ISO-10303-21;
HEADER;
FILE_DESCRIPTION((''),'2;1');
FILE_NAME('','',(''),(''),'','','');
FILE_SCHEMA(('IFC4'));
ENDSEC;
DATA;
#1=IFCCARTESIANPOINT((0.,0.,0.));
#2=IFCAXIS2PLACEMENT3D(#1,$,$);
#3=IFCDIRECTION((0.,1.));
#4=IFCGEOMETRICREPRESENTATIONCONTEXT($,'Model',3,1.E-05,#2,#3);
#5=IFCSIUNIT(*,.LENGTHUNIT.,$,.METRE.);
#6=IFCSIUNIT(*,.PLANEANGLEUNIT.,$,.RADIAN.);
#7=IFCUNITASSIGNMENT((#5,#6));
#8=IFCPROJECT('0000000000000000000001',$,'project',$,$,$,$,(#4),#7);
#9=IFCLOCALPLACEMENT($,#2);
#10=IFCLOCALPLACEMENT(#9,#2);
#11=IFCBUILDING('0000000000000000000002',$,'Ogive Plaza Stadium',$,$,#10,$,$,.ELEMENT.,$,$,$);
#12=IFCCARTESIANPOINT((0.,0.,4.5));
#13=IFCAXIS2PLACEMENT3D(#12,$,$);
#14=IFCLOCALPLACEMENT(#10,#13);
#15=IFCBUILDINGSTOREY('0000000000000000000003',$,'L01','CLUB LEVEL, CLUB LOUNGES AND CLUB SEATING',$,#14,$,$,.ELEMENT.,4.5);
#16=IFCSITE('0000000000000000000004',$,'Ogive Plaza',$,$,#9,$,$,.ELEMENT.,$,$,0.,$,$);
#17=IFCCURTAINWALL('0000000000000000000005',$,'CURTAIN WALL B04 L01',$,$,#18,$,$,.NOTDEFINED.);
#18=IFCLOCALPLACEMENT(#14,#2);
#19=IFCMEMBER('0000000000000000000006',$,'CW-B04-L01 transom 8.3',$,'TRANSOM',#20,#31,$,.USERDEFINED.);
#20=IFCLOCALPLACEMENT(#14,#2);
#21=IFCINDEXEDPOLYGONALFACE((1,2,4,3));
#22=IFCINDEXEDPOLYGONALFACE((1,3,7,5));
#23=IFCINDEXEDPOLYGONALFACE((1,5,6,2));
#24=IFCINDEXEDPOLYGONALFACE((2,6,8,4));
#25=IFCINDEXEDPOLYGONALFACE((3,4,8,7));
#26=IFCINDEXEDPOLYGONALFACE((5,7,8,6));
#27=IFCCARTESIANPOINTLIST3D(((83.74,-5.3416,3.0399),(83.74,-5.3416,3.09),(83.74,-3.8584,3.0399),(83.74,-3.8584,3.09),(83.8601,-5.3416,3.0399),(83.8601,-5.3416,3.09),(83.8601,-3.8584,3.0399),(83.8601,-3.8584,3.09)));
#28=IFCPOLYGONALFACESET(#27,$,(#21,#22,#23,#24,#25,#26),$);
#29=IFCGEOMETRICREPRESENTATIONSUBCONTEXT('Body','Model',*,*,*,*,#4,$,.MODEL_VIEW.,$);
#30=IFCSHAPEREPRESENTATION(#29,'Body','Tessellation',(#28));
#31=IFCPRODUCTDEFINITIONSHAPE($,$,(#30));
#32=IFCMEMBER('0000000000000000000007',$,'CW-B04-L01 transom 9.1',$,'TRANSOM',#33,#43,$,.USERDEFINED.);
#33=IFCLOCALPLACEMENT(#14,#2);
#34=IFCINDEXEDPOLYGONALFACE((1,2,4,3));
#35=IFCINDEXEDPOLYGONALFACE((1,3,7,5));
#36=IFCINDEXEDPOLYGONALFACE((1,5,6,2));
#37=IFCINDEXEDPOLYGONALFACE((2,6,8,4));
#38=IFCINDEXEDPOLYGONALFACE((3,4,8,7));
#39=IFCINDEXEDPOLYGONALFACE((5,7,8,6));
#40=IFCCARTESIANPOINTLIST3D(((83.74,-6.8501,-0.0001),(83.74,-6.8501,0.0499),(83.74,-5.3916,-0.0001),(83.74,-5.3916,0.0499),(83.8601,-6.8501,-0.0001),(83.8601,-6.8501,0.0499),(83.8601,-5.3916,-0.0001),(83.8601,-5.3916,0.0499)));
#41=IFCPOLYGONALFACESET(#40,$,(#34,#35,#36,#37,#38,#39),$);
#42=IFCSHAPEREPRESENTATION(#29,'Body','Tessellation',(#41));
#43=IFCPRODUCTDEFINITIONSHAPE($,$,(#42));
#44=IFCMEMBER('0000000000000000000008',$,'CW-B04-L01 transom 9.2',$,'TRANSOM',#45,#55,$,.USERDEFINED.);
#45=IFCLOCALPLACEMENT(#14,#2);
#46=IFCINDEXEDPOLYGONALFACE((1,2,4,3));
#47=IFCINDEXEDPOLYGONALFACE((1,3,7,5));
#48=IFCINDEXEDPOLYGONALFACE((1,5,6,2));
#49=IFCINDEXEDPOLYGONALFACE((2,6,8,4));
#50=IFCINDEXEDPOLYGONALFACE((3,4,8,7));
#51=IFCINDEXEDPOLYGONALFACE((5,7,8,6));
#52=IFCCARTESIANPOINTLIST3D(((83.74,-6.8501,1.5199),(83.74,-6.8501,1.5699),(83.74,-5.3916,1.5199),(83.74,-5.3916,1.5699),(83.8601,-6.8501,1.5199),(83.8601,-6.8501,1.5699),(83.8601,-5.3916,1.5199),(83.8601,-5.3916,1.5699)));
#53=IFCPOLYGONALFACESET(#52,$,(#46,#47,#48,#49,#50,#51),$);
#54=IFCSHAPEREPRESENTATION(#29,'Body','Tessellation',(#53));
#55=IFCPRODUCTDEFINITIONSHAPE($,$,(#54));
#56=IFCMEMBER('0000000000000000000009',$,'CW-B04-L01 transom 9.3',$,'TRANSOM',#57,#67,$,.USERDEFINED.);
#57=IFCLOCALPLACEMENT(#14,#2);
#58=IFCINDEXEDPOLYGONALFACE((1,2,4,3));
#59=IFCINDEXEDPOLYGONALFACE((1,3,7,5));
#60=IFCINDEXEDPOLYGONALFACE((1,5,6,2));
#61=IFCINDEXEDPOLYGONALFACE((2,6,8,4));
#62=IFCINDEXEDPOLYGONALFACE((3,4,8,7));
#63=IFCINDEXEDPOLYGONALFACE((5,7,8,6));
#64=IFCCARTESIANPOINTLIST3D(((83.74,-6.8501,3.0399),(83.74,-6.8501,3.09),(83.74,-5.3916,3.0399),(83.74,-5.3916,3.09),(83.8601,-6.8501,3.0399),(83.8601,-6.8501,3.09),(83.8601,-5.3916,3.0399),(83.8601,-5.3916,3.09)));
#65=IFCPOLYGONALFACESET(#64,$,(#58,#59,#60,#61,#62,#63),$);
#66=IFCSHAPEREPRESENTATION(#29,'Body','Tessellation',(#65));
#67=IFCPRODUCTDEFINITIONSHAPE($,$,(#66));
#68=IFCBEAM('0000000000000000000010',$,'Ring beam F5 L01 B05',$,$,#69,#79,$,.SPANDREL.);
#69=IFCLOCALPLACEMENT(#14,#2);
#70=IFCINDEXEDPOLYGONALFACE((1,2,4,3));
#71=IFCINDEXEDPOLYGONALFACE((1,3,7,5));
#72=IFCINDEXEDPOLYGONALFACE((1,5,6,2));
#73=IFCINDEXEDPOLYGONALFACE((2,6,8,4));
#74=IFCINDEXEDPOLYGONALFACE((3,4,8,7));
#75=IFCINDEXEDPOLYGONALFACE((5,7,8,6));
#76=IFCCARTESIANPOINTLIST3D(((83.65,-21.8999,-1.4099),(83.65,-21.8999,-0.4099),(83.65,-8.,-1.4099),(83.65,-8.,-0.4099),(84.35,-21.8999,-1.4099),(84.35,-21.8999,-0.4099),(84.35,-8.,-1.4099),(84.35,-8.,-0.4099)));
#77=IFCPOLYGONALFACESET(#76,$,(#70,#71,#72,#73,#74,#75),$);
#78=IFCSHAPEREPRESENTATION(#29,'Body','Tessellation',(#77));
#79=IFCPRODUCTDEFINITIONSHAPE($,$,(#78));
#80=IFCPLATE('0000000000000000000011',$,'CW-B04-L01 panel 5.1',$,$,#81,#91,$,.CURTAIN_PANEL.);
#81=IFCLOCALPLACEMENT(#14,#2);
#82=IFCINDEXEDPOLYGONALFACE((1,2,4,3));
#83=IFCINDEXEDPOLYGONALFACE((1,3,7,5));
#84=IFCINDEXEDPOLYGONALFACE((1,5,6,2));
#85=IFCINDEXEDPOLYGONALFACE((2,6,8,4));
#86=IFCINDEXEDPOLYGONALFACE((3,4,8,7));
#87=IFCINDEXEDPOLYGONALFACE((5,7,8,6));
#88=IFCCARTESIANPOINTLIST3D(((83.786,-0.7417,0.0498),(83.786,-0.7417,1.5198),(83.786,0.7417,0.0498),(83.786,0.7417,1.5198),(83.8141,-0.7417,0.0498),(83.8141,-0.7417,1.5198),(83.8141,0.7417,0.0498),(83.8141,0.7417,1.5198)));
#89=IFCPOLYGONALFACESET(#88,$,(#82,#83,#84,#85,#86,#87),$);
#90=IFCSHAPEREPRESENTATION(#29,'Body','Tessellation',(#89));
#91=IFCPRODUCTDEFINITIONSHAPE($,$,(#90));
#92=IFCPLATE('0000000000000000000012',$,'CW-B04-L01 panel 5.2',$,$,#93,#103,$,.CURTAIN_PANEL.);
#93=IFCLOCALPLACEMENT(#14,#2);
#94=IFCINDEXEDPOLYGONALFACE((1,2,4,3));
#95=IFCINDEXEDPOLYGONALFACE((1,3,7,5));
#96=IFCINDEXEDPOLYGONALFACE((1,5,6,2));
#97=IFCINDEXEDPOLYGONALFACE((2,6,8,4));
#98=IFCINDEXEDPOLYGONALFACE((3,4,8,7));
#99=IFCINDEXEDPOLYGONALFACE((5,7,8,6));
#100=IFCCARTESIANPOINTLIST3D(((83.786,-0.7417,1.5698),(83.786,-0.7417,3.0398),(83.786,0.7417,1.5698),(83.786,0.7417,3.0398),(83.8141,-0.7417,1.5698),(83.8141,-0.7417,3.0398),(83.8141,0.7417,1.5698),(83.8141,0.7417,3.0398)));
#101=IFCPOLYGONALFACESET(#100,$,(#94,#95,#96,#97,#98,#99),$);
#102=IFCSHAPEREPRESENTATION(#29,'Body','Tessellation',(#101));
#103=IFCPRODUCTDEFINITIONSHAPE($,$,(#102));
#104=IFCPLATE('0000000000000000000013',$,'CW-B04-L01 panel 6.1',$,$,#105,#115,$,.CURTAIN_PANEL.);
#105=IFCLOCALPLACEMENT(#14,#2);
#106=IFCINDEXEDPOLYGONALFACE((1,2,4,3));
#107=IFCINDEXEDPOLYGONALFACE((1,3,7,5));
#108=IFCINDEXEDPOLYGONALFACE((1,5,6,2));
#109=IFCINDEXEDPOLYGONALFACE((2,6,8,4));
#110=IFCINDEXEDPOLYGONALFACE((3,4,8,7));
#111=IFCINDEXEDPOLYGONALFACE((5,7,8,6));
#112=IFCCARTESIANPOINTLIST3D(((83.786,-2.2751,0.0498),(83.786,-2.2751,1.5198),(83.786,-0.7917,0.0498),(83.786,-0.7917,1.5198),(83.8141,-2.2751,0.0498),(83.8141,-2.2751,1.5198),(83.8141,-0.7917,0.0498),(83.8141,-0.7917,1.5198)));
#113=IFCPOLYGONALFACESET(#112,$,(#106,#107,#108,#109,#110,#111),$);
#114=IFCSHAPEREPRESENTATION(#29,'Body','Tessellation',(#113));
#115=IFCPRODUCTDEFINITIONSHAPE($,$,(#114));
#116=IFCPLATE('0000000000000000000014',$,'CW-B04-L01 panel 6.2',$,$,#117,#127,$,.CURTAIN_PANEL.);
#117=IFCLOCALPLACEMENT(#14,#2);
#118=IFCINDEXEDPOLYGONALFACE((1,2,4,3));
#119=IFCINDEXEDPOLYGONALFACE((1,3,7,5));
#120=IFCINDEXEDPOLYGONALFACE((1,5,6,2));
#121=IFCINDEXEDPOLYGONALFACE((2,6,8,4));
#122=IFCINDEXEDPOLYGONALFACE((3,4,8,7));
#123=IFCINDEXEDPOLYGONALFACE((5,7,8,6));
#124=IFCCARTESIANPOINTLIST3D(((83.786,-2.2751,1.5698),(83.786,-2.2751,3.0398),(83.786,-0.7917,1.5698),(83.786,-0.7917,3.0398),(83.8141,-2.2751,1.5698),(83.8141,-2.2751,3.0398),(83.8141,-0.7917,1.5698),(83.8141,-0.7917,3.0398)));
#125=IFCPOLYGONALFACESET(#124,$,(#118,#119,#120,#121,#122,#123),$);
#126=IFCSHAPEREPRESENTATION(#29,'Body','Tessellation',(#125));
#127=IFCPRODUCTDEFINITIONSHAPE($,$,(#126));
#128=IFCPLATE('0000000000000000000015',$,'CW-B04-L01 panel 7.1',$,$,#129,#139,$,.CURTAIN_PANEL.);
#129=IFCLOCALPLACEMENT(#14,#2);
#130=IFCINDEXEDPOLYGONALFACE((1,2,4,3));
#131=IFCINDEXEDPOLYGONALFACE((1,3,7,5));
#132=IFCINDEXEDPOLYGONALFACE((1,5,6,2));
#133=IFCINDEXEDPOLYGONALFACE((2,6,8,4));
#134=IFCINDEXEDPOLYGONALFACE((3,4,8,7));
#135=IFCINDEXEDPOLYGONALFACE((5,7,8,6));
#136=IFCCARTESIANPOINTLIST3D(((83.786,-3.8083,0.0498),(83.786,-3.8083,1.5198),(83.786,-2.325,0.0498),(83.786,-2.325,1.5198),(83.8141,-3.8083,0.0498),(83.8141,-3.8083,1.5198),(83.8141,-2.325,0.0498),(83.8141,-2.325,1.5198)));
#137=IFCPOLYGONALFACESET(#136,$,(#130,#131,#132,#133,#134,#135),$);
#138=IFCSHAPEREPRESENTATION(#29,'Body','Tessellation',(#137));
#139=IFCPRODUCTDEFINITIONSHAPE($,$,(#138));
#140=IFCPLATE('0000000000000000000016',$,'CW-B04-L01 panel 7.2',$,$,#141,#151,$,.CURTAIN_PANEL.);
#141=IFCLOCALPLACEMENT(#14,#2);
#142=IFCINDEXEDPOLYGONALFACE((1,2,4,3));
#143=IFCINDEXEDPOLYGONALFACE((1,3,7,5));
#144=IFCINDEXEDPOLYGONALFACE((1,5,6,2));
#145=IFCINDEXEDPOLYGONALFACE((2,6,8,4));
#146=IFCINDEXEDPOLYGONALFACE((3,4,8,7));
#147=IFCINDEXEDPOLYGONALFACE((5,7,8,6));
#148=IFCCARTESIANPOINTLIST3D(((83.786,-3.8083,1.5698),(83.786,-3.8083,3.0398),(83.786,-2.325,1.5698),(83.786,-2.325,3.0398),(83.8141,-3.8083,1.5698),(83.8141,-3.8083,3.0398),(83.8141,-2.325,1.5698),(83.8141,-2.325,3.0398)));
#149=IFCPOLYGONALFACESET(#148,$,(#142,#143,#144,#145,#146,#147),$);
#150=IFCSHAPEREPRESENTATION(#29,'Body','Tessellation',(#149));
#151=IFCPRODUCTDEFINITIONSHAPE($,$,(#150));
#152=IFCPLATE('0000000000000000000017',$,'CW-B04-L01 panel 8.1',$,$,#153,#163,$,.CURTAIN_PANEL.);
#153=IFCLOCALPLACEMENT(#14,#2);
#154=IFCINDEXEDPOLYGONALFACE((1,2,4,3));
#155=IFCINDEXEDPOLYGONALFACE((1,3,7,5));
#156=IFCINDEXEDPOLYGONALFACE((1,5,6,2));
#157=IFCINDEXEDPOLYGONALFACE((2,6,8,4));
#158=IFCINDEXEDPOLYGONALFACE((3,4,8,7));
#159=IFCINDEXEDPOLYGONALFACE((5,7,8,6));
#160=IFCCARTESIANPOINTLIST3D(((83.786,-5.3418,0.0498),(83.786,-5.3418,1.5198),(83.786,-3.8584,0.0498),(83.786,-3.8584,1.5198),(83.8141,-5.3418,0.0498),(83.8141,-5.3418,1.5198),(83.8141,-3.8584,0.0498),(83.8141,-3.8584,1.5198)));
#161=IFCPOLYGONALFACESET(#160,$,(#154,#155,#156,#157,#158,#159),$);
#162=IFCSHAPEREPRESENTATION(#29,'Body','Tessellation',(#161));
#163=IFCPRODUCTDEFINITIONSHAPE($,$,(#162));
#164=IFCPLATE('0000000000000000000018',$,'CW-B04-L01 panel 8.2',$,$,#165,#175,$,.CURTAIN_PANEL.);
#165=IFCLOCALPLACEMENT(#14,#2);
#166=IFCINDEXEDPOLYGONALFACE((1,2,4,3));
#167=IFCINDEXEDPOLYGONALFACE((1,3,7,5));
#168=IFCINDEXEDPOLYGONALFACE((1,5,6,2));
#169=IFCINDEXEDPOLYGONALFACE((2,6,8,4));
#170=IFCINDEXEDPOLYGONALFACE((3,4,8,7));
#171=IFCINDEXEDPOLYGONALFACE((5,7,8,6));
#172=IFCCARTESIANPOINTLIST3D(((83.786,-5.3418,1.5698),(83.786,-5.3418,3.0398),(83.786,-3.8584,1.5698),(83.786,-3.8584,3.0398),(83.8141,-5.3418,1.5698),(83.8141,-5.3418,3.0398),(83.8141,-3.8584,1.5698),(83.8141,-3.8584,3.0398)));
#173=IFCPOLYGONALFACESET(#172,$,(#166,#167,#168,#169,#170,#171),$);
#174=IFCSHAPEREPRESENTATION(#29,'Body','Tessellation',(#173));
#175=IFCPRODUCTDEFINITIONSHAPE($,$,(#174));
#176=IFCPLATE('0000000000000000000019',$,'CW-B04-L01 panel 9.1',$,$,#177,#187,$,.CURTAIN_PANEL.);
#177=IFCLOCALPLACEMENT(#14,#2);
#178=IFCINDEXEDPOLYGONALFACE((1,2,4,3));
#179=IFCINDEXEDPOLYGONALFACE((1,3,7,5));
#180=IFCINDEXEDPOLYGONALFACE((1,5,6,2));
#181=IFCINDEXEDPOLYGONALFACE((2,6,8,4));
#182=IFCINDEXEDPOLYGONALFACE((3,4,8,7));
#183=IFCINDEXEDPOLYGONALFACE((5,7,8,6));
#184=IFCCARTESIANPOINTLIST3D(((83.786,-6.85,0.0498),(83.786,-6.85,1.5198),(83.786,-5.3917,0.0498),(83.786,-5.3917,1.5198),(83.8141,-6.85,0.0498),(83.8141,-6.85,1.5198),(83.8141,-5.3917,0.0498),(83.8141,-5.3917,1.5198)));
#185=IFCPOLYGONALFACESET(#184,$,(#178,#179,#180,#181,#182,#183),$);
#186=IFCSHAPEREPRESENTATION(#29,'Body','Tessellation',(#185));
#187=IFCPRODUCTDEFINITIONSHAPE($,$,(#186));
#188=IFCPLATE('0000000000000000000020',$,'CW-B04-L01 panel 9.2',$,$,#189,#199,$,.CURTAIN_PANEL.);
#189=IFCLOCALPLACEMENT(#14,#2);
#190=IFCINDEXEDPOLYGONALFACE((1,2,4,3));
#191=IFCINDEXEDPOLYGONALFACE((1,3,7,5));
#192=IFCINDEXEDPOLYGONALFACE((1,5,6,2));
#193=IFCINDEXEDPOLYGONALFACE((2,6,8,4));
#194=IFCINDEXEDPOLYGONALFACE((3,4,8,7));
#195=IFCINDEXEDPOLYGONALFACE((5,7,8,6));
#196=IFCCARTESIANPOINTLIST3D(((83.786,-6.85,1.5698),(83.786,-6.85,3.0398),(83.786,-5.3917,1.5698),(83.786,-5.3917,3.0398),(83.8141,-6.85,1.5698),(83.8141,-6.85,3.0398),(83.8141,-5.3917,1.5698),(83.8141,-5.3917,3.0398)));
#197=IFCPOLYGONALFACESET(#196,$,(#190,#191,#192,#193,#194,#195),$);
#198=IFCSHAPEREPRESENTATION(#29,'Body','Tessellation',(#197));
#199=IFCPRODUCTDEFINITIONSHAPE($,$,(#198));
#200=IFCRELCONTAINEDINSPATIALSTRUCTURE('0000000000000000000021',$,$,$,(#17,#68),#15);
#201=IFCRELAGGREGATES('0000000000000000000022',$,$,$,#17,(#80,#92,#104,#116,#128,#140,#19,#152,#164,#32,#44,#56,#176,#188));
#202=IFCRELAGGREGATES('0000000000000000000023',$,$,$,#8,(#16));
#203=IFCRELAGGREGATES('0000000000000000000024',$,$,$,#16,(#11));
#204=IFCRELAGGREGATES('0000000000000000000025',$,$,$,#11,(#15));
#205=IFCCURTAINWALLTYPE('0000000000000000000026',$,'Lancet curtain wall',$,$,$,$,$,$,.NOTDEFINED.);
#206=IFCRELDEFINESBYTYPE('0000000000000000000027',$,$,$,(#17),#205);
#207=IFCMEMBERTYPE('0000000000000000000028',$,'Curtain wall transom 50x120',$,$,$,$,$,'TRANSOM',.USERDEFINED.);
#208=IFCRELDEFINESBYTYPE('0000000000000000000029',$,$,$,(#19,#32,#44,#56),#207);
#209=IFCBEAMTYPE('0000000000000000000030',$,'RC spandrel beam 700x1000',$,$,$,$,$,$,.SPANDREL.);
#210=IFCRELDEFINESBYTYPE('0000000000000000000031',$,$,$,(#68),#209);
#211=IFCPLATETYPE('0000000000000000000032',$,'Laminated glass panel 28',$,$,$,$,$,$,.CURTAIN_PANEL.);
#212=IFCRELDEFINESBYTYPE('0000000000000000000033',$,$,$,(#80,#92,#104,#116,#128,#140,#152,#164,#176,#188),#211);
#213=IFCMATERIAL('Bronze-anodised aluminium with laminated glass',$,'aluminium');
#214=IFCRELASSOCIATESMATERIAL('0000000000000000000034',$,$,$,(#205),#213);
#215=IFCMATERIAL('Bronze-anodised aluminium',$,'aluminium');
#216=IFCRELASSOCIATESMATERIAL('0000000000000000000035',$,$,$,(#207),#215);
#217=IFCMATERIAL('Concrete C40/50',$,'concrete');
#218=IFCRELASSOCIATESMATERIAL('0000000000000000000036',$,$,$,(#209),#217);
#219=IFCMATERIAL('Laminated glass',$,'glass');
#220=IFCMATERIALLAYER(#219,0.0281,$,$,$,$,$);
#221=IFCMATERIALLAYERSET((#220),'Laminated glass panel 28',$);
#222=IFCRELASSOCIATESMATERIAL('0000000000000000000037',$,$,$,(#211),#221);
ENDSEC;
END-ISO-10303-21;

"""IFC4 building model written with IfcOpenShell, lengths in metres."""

from ifc_helpers import new_model, si_unit, direction, frame, origin, origin_2d, place, context, subcontext, project, spatial, rectangle, extrude, material, layer, layer_set, material_profile, profile_set, type_object, element, aggregate, save


model = new_model("IFC4")

# Units and contexts
model_context = context("Model", 3, precision=1e-05, world=origin(), true_north=direction((0.0, 1.0)))
body_context = subcontext(model_context, "Body", "Model", "MODEL_VIEW")
ifc_project = project(units=[si_unit("LENGTHUNIT", "METRE"), si_unit("PLANEANGLEUNIT", "RADIAN")], contexts=[model_context])

# Site, building, storey
site_placement = place(None, origin())
site = spatial("IfcSite", under=ifc_project, at=site_placement, Name="Ogive Plaza", CompositionType="ELEMENT", RefElevation=0.0)
building_placement = place(site_placement, origin())
building = spatial("IfcBuilding", under=site, at=building_placement, Name="Ogive Plaza Stadium", CompositionType="ELEMENT")
storey_placement = place(building_placement, frame((0.0, 0.0, 4.5)))
storey = spatial("IfcBuildingStorey", under=building, at=storey_placement, Name="L01", Description="CLUB LEVEL, CLUB LOUNGES AND CLUB SEATING", CompositionType="ELEMENT", Elevation=4.5)

# Curtain wall, members
ifc_material_1 = material(Name="Bronze-anodised aluminium with laminated glass", Category="aluminium")
curtain_wall_type = type_object("IfcCurtainWallType", Name="Lancet curtain wall", PredefinedType="NOTDEFINED", material=ifc_material_1)
curtain_wall_placement = place(storey_placement, origin())
curtain_wall = element("IfcCurtainWall", 1, at=curtain_wall_placement, inside=storey, type_object=curtain_wall_type, Name="CURTAIN WALL B04 L01", PredefinedType="NOTDEFINED")
ifc_material_2 = material(Name="Bronze-anodised aluminium", Category="aluminium")
ifc_material_profile_1 = material_profile(ifc_material_2, rectangle(XDim=0.1201, YDim=0.05, at=origin_2d()), Name="AL 120x50")
ifc_profile_set_1 = profile_set([ifc_material_profile_1], Name="Bronze-anodised aluminium")
member_type_1 = type_object("IfcMemberType", Name="Curtain wall transom 50x120", ElementType="TRANSOM", PredefinedType="USERDEFINED", material=ifc_profile_set_1)
member_1_placement = place(storey_placement, frame((83.8, -3.8584, 3.0649), z_axis=(0.0, -1.0, 0.0), x_axis=(1.0, 0.0, 0.0)))
member_1 = element("IfcMember", 2, at=member_1_placement, type_object=member_type_1, Name="CW-B04-L01 transom 8.3", ObjectType="TRANSOM", PredefinedType="USERDEFINED", context=body_context, shape_type="SweptSolid", body=[
    extrude(rectangle(XDim=0.1201, YDim=0.05, at=origin_2d()), origin(), (0.0, 0.0, 1.0), 1.4832),
])
member_2_placement = place(storey_placement, frame((83.8, -5.3916, 0.0249), z_axis=(0.0, -1.0, 0.0), x_axis=(1.0, 0.0, 0.0)))
member_2 = element("IfcMember", 3, at=member_2_placement, type_object=member_type_1, Name="CW-B04-L01 transom 9.1", ObjectType="TRANSOM", PredefinedType="USERDEFINED", context=body_context, shape_type="SweptSolid", body=[
    extrude(rectangle(XDim=0.1201, YDim=0.05, at=origin_2d()), origin(), (0.0, 0.0, 1.0), 1.4585),
])
member_3_placement = place(storey_placement, frame((83.8, -5.3916, 1.5449), z_axis=(0.0, -1.0, 0.0), x_axis=(1.0, 0.0, 0.0)))
member_3 = element("IfcMember", 4, at=member_3_placement, type_object=member_type_1, Name="CW-B04-L01 transom 9.2", ObjectType="TRANSOM", PredefinedType="USERDEFINED", context=body_context, shape_type="SweptSolid", body=[
    extrude(rectangle(XDim=0.1201, YDim=0.05, at=origin_2d()), origin(), (0.0, 0.0, 1.0), 1.4585),
])
member_4_placement = place(storey_placement, frame((83.8, -5.3916, 3.0649), z_axis=(0.0, -1.0, 0.0), x_axis=(1.0, 0.0, 0.0)))
member_4 = element("IfcMember", 5, at=member_4_placement, type_object=member_type_1, Name="CW-B04-L01 transom 9.3", ObjectType="TRANSOM", PredefinedType="USERDEFINED", context=body_context, shape_type="SweptSolid", body=[
    extrude(rectangle(XDim=0.1201, YDim=0.05, at=origin_2d()), origin(), (0.0, 0.0, 1.0), 1.4585),
])

# Beam
ifc_material_3 = material(Name="Concrete C40/50", Category="concrete")
ifc_material_profile_2 = material_profile(ifc_material_3, rectangle(XDim=0.7, YDim=1.0, at=origin_2d()), Name="RC 700x1000")
ifc_profile_set_2 = profile_set([ifc_material_profile_2], Name="Concrete C40/50")
beam_type = type_object("IfcBeamType", Name="RC spandrel beam 700x1000", PredefinedType="SPANDREL", material=ifc_profile_set_2)
beam_placement = place(storey_placement, frame((84.0, -8.0, -0.9099), z_axis=(0.0, -1.0, 0.0), x_axis=(1.0, 0.0, 0.0)))
element("IfcBeam", 6, at=beam_placement, inside=storey, type_object=beam_type, Name="Ring beam F5 L01 B05", PredefinedType="SPANDREL", context=body_context, shape_type="SweptSolid", body=[
    extrude(rectangle(XDim=0.7, YDim=1.0, at=origin_2d()), origin(), (0.0, 0.0, 1.0), 13.8999),
])

# Plates
ifc_material_4 = material(Name="Laminated glass", Category="glass")
ifc_layer_1 = layer(ifc_material_4, 0.0281)
ifc_layer_set_1 = layer_set([ifc_layer_1], Name="Laminated glass panel 28")
plate_type = type_object("IfcPlateType", Name="Laminated glass panel 28", PredefinedType="CURTAIN_PANEL", material=ifc_layer_set_1)
plate_1_placement = place(storey_placement, frame((83.8, 0.0, 0.0498), z_axis=(0.0, 0.0, 1.0), x_axis=(0.0, -1.0, 0.0)))
plate_1 = element("IfcPlate", 7, at=plate_1_placement, type_object=plate_type, Name="CW-B04-L01 panel 5.1", PredefinedType="CURTAIN_PANEL", context=body_context, shape_type="SweptSolid", body=[
    extrude(rectangle(XDim=1.4834, YDim=0.0281, at=origin_2d()), origin(), (0.0, 0.0, 1.0), 1.47),
])
plate_2_placement = place(storey_placement, frame((83.8, 0.0, 1.5698), z_axis=(0.0, 0.0, 1.0), x_axis=(0.0, -1.0, 0.0)))
plate_2 = element("IfcPlate", 8, at=plate_2_placement, type_object=plate_type, Name="CW-B04-L01 panel 5.2", PredefinedType="CURTAIN_PANEL", context=body_context, shape_type="SweptSolid", body=[
    extrude(rectangle(XDim=1.4834, YDim=0.0281, at=origin_2d()), origin(), (0.0, 0.0, 1.0), 1.47),
])
plate_3_placement = place(storey_placement, frame((83.8, -1.5334, 0.0498), z_axis=(0.0, 0.0, 1.0), x_axis=(0.0, -1.0, 0.0)))
plate_3 = element("IfcPlate", 9, at=plate_3_placement, type_object=plate_type, Name="CW-B04-L01 panel 6.1", PredefinedType="CURTAIN_PANEL", context=body_context, shape_type="SweptSolid", body=[
    extrude(rectangle(XDim=1.4834, YDim=0.0281, at=origin_2d()), origin(), (0.0, 0.0, 1.0), 1.47),
])
plate_4_placement = place(storey_placement, frame((83.8, -1.5334, 1.5698), z_axis=(0.0, 0.0, 1.0), x_axis=(0.0, -1.0, 0.0)))
plate_4 = element("IfcPlate", 10, at=plate_4_placement, type_object=plate_type, Name="CW-B04-L01 panel 6.2", PredefinedType="CURTAIN_PANEL", context=body_context, shape_type="SweptSolid", body=[
    extrude(rectangle(XDim=1.4834, YDim=0.0281, at=origin_2d()), origin(), (0.0, 0.0, 1.0), 1.47),
])
plate_5_placement = place(storey_placement, frame((83.8, -3.0667, 0.0498), z_axis=(0.0, 0.0, 1.0), x_axis=(0.0, -1.0, 0.0)))
plate_5 = element("IfcPlate", 11, at=plate_5_placement, type_object=plate_type, Name="CW-B04-L01 panel 7.1", PredefinedType="CURTAIN_PANEL", context=body_context, shape_type="SweptSolid", body=[
    extrude(rectangle(XDim=1.4834, YDim=0.0281, at=origin_2d()), origin(), (0.0, 0.0, 1.0), 1.47),
])
plate_6_placement = place(storey_placement, frame((83.8, -3.0667, 1.5698), z_axis=(0.0, 0.0, 1.0), x_axis=(0.0, -1.0, 0.0)))
plate_6 = element("IfcPlate", 12, at=plate_6_placement, type_object=plate_type, Name="CW-B04-L01 panel 7.2", PredefinedType="CURTAIN_PANEL", context=body_context, shape_type="SweptSolid", body=[
    extrude(rectangle(XDim=1.4834, YDim=0.0281, at=origin_2d()), origin(), (0.0, 0.0, 1.0), 1.47),
])
plate_7_placement = place(storey_placement, frame((83.8, -4.6001, 0.0498), z_axis=(0.0, 0.0, 1.0), x_axis=(0.0, -1.0, 0.0)))
plate_7 = element("IfcPlate", 13, at=plate_7_placement, type_object=plate_type, Name="CW-B04-L01 panel 8.1", PredefinedType="CURTAIN_PANEL", context=body_context, shape_type="SweptSolid", body=[
    extrude(rectangle(XDim=1.4834, YDim=0.0281, at=origin_2d()), origin(), (0.0, 0.0, 1.0), 1.47),
])
plate_8_placement = place(storey_placement, frame((83.8, -4.6001, 1.5698), z_axis=(0.0, 0.0, 1.0), x_axis=(0.0, -1.0, 0.0)))
plate_8 = element("IfcPlate", 14, at=plate_8_placement, type_object=plate_type, Name="CW-B04-L01 panel 8.2", PredefinedType="CURTAIN_PANEL", context=body_context, shape_type="SweptSolid", body=[
    extrude(rectangle(XDim=1.4834, YDim=0.0281, at=origin_2d()), origin(), (0.0, 0.0, 1.0), 1.47),
])
plate_9_placement = place(storey_placement, frame((83.8, -6.1208, 0.0498), z_axis=(0.0, 0.0, 1.0), x_axis=(0.0, -1.0, 0.0)))
plate_9 = element("IfcPlate", 15, at=plate_9_placement, type_object=plate_type, Name="CW-B04-L01 panel 9.1", PredefinedType="CURTAIN_PANEL", context=body_context, shape_type="SweptSolid", body=[
    extrude(rectangle(XDim=1.4583, YDim=0.0281, at=origin_2d()), origin(), (0.0, 0.0, 1.0), 1.47),
])
plate_10_placement = place(storey_placement, frame((83.8, -6.1208, 1.5698), z_axis=(0.0, 0.0, 1.0), x_axis=(0.0, -1.0, 0.0)))
plate_10 = element("IfcPlate", 16, at=plate_10_placement, type_object=plate_type, Name="CW-B04-L01 panel 9.2", PredefinedType="CURTAIN_PANEL", context=body_context, shape_type="SweptSolid", body=[
    extrude(rectangle(XDim=1.4583, YDim=0.0281, at=origin_2d()), origin(), (0.0, 0.0, 1.0), 1.47),
])
aggregate(curtain_wall, [plate_1, plate_2, plate_3, plate_4, plate_5, plate_6, member_1, plate_7, plate_8, member_2, member_3, member_4, plate_9, plate_10])

save(model, "model.ifc")
